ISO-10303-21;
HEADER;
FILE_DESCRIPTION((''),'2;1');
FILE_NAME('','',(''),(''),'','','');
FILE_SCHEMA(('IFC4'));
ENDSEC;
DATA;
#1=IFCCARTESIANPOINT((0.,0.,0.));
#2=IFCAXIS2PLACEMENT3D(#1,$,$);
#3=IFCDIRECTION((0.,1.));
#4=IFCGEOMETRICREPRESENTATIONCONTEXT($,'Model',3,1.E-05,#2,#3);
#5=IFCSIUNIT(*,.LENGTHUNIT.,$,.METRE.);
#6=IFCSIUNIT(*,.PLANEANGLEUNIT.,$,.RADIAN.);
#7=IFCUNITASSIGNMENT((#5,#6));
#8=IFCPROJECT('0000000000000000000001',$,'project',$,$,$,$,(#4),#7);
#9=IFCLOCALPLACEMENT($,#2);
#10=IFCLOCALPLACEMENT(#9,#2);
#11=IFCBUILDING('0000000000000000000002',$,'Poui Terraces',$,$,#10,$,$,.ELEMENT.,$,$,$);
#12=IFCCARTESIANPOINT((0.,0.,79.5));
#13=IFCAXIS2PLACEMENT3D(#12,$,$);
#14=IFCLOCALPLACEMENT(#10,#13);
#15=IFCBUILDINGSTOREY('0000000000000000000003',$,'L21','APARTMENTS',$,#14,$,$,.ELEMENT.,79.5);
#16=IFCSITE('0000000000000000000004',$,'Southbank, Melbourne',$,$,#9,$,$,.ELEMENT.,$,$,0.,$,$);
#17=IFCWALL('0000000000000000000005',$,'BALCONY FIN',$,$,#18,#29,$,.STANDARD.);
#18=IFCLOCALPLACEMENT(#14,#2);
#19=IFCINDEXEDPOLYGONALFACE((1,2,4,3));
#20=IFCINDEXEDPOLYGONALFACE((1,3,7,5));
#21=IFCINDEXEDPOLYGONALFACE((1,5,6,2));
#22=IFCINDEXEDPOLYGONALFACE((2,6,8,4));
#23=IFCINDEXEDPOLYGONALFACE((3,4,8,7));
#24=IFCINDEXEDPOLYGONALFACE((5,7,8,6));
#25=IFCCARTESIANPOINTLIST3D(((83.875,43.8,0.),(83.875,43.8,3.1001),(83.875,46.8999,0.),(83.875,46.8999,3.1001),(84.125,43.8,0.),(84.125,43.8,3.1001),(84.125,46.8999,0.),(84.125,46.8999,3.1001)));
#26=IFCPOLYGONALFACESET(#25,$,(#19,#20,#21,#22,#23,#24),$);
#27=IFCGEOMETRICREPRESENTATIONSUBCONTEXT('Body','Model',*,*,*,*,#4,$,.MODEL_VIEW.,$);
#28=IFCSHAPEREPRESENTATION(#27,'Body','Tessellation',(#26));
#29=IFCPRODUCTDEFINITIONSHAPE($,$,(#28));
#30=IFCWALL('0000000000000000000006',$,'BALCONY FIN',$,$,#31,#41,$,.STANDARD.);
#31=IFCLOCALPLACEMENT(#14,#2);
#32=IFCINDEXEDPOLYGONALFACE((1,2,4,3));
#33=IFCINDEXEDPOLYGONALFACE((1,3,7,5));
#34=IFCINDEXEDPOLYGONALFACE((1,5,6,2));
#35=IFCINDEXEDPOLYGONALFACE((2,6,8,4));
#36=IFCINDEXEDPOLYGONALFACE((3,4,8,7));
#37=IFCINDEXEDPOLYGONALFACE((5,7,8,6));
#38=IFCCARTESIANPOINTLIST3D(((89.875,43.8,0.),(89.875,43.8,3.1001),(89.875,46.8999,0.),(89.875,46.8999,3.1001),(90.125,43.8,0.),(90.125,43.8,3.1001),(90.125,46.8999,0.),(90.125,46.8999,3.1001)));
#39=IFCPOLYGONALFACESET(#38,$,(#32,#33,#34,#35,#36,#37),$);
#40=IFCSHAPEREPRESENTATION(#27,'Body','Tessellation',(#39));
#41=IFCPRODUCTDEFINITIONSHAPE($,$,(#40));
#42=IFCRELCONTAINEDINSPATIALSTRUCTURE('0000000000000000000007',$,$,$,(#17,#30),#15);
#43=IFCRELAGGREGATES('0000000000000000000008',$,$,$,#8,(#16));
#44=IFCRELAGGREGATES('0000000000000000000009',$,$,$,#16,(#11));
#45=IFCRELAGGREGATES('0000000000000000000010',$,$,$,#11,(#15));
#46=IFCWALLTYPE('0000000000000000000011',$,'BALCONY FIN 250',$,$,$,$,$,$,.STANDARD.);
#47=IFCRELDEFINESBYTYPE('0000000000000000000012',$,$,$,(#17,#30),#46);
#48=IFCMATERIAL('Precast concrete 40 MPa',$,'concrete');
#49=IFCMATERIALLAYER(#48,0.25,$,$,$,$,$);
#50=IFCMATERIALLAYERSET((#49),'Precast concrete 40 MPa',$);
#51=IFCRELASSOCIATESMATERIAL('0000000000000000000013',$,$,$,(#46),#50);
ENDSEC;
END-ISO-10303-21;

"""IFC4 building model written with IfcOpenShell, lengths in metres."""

from ifc_helpers import new_model, si_unit, direction, frame, origin, place, context, subcontext, project, spatial, polyline, outline, extrude, source, transform, mapped, material, layer, layer_set, type_object, element, save


model = new_model("IFC4")

# Units and contexts
model_context = context("Model", 3, precision=1e-05, world=origin(), true_north=direction((0.0, 1.0)))
body_context = subcontext(model_context, "Body", "Model", "MODEL_VIEW")
ifc_project = project(units=[si_unit("LENGTHUNIT", "METRE"), si_unit("PLANEANGLEUNIT", "RADIAN")], contexts=[model_context])

# Site, building, storey
site_placement = place(None, origin())
site = spatial("IfcSite", under=ifc_project, at=site_placement, Name="Southbank, Melbourne", CompositionType="ELEMENT", RefElevation=0.0)
building_placement = place(site_placement, origin())
building = spatial("IfcBuilding", under=site, at=building_placement, Name="Poui Terraces", CompositionType="ELEMENT")
storey_placement = place(building_placement, frame((0.0, 0.0, 79.5)))
storey = spatial("IfcBuildingStorey", under=building, at=storey_placement, Name="L21", Description="APARTMENTS", CompositionType="ELEMENT", Elevation=79.5)

# Walls
ifc_material_1 = material(Name="Precast concrete 40 MPa", Category="concrete")
ifc_layer_1 = layer(ifc_material_1, 0.25)
ifc_layer_set_1 = layer_set([ifc_layer_1], Name="Precast concrete 40 MPa")
wall_type_1 = type_object("IfcWallType", Name="BALCONY FIN 250", PredefinedType="STANDARD", material=ifc_layer_set_1)
shared_shape_1 = source(origin(), body_context, "Body", "SweptSolid", [
    extrude(outline(polyline([(0.0, 0.0), (0.25, 0.0), (0.25, 3.0999), (0.0, 3.0999), (0.0, 0.0)])), origin(), (0.0, 0.0, 1.0), 3.1001),
])
for number, where, name in (
    (1, (83.875, 43.8, 0.0), "BALCONY FIN"),
    (2, (89.875, 43.8, 0.0), "BALCONY FIN"),
):
    element("IfcWall", number, at=place(storey_placement, frame(where)), inside=storey, type_object=wall_type_1, Name=name, PredefinedType="STANDARD", context=body_context, shape_type="MappedRepresentation", body=[
        mapped(shared_shape_1, transform((0.0, 0.0, 0.0))),
    ])

save(model, "model.ifc")
